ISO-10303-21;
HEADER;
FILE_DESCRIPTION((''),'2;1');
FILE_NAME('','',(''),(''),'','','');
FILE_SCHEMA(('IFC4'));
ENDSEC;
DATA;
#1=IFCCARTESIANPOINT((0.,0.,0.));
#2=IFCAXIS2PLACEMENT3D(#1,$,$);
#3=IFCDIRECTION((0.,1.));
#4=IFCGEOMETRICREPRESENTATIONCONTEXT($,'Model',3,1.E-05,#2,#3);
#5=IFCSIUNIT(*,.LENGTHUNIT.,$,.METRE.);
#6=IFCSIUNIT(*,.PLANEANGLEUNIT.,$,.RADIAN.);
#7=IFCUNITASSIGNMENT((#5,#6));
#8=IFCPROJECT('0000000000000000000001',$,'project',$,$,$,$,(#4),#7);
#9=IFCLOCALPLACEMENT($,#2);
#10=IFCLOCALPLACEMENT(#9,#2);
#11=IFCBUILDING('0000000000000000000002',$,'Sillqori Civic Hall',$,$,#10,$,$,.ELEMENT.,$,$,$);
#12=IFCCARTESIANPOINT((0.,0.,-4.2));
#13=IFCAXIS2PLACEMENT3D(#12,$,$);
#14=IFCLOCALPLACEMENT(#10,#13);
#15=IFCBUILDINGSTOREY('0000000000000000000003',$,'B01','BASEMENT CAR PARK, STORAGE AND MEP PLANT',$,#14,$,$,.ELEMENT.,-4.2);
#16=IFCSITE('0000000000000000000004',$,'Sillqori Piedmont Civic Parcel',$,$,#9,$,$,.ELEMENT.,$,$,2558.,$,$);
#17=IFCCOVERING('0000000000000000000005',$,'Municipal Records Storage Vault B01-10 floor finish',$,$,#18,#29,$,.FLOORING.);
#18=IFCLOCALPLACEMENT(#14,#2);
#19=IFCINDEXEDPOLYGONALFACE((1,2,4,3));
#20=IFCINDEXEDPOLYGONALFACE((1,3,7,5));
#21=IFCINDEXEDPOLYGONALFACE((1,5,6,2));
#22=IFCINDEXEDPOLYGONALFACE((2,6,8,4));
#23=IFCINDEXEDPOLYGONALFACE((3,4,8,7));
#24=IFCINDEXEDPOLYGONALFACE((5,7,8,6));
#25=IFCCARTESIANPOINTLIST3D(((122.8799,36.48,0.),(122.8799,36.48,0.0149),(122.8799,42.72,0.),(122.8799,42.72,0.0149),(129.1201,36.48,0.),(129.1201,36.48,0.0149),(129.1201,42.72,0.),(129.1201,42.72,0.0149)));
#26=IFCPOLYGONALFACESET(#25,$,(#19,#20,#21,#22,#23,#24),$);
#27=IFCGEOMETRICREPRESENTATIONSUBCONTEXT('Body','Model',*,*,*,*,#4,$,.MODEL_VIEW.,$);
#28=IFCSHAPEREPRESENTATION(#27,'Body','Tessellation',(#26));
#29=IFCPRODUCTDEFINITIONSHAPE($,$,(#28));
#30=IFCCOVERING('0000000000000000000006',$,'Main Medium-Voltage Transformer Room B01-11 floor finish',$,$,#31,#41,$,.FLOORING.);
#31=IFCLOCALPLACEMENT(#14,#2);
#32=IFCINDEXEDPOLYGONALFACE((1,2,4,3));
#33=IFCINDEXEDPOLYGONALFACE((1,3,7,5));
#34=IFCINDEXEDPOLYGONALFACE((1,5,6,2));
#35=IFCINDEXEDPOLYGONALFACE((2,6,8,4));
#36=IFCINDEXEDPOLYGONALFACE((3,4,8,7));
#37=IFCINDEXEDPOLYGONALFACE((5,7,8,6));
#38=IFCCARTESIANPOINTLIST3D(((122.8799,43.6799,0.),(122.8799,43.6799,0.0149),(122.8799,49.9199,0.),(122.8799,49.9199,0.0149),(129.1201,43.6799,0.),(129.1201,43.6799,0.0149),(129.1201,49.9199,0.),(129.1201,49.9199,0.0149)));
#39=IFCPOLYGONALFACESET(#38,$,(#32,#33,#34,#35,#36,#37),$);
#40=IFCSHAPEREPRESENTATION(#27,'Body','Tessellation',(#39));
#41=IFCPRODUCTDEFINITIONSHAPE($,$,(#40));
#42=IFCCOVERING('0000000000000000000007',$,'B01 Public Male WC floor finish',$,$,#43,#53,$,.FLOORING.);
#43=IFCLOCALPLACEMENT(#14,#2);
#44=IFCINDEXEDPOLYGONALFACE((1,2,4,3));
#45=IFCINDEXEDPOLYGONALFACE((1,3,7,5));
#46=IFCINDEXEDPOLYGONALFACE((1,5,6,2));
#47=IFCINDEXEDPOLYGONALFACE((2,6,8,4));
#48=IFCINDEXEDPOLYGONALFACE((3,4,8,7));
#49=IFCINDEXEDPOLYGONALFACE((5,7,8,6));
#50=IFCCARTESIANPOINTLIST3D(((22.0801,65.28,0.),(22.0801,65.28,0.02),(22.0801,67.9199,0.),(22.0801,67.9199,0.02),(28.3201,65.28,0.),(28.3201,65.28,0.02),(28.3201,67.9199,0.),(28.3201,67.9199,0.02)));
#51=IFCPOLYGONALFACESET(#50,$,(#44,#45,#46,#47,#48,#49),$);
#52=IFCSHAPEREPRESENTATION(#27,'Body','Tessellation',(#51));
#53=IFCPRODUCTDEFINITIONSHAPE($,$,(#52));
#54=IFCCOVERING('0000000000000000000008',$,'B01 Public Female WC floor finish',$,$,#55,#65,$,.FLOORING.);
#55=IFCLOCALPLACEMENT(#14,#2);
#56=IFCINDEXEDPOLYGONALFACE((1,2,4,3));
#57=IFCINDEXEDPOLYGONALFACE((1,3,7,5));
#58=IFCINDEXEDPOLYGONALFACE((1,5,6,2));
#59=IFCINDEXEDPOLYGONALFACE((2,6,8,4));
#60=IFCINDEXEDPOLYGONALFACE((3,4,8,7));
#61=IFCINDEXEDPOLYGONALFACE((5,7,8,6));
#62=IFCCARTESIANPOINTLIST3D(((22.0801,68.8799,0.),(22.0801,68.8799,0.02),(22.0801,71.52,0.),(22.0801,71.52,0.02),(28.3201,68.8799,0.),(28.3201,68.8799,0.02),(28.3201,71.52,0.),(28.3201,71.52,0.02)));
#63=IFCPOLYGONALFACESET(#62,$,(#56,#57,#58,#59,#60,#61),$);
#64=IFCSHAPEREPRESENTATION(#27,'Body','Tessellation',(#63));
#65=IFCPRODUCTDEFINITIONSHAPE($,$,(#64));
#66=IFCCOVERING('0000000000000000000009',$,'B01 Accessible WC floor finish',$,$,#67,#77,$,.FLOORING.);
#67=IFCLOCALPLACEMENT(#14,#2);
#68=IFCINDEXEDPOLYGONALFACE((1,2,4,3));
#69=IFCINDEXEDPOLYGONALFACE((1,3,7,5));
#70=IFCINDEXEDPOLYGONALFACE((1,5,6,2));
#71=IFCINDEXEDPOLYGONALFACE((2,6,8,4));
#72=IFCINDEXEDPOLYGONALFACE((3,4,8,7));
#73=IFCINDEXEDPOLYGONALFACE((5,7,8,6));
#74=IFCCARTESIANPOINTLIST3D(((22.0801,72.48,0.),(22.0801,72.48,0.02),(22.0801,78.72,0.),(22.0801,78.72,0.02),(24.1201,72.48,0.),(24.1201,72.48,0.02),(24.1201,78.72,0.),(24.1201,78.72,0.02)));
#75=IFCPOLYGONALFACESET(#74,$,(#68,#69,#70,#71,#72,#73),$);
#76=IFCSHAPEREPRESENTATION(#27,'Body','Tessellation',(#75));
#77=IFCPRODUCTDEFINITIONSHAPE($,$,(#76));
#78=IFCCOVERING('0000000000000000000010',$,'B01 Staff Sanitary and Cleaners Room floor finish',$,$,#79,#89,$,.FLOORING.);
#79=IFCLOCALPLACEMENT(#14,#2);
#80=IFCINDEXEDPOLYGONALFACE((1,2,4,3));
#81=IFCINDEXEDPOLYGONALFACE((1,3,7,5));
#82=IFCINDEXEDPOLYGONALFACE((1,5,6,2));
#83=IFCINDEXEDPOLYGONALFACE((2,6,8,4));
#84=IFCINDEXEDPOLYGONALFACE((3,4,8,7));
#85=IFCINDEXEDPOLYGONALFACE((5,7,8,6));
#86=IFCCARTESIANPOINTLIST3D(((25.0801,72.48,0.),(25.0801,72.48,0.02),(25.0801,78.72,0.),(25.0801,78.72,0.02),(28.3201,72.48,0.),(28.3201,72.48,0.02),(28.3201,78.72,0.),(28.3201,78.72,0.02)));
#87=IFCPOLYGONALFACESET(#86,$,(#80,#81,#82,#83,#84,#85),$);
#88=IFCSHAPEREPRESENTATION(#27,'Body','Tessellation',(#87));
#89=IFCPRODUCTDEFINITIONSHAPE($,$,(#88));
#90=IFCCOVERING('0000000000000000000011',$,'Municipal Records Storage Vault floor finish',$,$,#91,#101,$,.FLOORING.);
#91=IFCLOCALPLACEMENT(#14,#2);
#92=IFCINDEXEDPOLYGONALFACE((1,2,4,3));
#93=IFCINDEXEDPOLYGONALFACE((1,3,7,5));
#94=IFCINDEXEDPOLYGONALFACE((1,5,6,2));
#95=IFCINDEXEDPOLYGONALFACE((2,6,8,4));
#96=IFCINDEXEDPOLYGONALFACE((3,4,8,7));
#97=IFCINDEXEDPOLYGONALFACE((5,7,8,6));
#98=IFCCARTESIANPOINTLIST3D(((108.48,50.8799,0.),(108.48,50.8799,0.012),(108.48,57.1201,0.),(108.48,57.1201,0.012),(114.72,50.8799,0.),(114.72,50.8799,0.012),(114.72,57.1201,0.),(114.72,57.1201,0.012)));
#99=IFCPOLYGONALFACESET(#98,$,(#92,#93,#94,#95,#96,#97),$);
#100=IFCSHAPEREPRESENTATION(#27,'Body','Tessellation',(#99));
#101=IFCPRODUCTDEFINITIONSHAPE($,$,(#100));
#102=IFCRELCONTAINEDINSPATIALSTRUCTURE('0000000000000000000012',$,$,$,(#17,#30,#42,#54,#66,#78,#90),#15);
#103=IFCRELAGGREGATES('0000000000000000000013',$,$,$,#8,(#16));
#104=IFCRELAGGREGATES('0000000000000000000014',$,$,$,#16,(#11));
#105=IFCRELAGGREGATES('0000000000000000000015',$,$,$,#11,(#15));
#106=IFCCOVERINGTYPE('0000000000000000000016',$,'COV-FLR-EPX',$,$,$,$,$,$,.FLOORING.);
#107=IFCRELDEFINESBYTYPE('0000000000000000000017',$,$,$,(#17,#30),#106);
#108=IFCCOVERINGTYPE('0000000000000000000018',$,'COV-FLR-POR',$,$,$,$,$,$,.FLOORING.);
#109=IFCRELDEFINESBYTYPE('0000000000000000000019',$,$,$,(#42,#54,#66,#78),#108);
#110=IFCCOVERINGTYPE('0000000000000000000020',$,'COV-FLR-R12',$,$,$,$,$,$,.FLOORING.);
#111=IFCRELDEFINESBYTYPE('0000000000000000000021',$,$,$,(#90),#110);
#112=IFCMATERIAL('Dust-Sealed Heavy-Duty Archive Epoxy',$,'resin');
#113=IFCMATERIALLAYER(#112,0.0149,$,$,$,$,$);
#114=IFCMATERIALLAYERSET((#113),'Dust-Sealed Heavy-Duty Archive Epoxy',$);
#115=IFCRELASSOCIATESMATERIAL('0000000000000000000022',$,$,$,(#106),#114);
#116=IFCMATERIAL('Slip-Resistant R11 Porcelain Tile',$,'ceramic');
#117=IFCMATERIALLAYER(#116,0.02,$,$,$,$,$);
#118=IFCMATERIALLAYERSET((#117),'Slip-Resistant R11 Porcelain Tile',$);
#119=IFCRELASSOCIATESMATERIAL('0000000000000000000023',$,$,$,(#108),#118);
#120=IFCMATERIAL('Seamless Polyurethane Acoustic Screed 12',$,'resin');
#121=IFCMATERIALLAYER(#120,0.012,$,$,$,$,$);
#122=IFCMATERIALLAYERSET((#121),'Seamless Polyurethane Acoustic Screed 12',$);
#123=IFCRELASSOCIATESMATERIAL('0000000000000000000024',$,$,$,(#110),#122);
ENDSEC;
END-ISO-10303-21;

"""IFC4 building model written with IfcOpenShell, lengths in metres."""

from ifc_helpers import new_model, si_unit, direction, frame, origin, place, context, subcontext, project, spatial, polyline, outline, extrude, material, layer, layer_set, type_object, element, save


model = new_model("IFC4")

# Units and contexts
model_context = context("Model", 3, precision=1e-05, world=origin(), true_north=direction((0.0, 1.0)))
body_context = subcontext(model_context, "Body", "Model", "MODEL_VIEW")
ifc_project = project(units=[si_unit("LENGTHUNIT", "METRE"), si_unit("PLANEANGLEUNIT", "RADIAN")], contexts=[model_context])

# Site, building, storey
site_placement = place(None, origin())
site = spatial("IfcSite", under=ifc_project, at=site_placement, Name="Sillqori Piedmont Civic Parcel", CompositionType="ELEMENT", RefElevation=2558.0)
building_placement = place(site_placement, origin())
building = spatial("IfcBuilding", under=site, at=building_placement, Name="Sillqori Civic Hall", CompositionType="ELEMENT")
storey_placement = place(building_placement, frame((0.0, 0.0, -4.2)))
storey = spatial("IfcBuildingStorey", under=building, at=storey_placement, Name="B01", Description="BASEMENT CAR PARK, STORAGE AND MEP PLANT", CompositionType="ELEMENT", Elevation=-4.2)

# Coverings
ifc_material_1 = material(Name="Dust-Sealed Heavy-Duty Archive Epoxy", Category="resin")
ifc_layer_1 = layer(ifc_material_1, 0.0149)
ifc_layer_set_1 = layer_set([ifc_layer_1], Name="Dust-Sealed Heavy-Duty Archive Epoxy")
covering_type_1 = type_object("IfcCoveringType", Name="COV-FLR-EPX", PredefinedType="FLOORING", material=ifc_layer_set_1)
covering_1_placement = place(storey_placement, origin())
element("IfcCovering", 1, at=covering_1_placement, inside=storey, type_object=covering_type_1, Name="Municipal Records Storage Vault B01-10 floor finish", PredefinedType="FLOORING", context=body_context, shape_type="SweptSolid", body=[
    extrude(outline(polyline([(122.8799, 36.48), (129.1201, 36.48), (129.1201, 42.72), (122.8799, 42.72), (122.8799, 36.48)])), origin(), (0.0, 0.0, 1.0), 0.0149),
])
covering_2_placement = place(storey_placement, origin())
element("IfcCovering", 2, at=covering_2_placement, inside=storey, type_object=covering_type_1, Name="Main Medium-Voltage Transformer Room B01-11 floor finish", PredefinedType="FLOORING", context=body_context, shape_type="SweptSolid", body=[
    extrude(outline(polyline([(122.8799, 43.6799), (129.1201, 43.6799), (129.1201, 49.9199), (122.8799, 49.9199), (122.8799, 43.6799)])), origin(), (0.0, 0.0, 1.0), 0.0149),
])
ifc_material_2 = material(Name="Slip-Resistant R11 Porcelain Tile", Category="ceramic")
ifc_layer_2 = layer(ifc_material_2, 0.02)
ifc_layer_set_2 = layer_set([ifc_layer_2], Name="Slip-Resistant R11 Porcelain Tile")
covering_type_2 = type_object("IfcCoveringType", Name="COV-FLR-POR", PredefinedType="FLOORING", material=ifc_layer_set_2)
covering_3_placement = place(storey_placement, origin())
element("IfcCovering", 3, at=covering_3_placement, inside=storey, type_object=covering_type_2, Name="B01 Public Male WC floor finish", PredefinedType="FLOORING", context=body_context, shape_type="SweptSolid", body=[
    extrude(outline(polyline([(22.0801, 65.28), (28.3201, 65.28), (28.3201, 67.9199), (22.0801, 67.9199), (22.0801, 65.28)])), origin(), (0.0, 0.0, 1.0), 0.02),
])
covering_4_placement = place(storey_placement, origin())
element("IfcCovering", 4, at=covering_4_placement, inside=storey, type_object=covering_type_2, Name="B01 Public Female WC floor finish", PredefinedType="FLOORING", context=body_context, shape_type="SweptSolid", body=[
    extrude(outline(polyline([(22.0801, 68.8799), (28.3201, 68.8799), (28.3201, 71.52), (22.0801, 71.52), (22.0801, 68.8799)])), origin(), (0.0, 0.0, 1.0), 0.02),
])
covering_5_placement = place(storey_placement, origin())
element("IfcCovering", 5, at=covering_5_placement, inside=storey, type_object=covering_type_2, Name="B01 Accessible WC floor finish", PredefinedType="FLOORING", context=body_context, shape_type="SweptSolid", body=[
    extrude(outline(polyline([(22.0801, 72.48), (24.1201, 72.48), (24.1201, 78.72), (22.0801, 78.72), (22.0801, 72.48)])), origin(), (0.0, 0.0, 1.0), 0.02),
])
covering_6_placement = place(storey_placement, origin())
element("IfcCovering", 6, at=covering_6_placement, inside=storey, type_object=covering_type_2, Name="B01 Staff Sanitary and Cleaners Room floor finish", PredefinedType="FLOORING", context=body_context, shape_type="SweptSolid", body=[
    extrude(outline(polyline([(25.0801, 72.48), (28.3201, 72.48), (28.3201, 78.72), (25.0801, 78.72), (25.0801, 72.48)])), origin(), (0.0, 0.0, 1.0), 0.02),
])
ifc_material_3 = material(Name="Seamless Polyurethane Acoustic Screed 12", Category="resin")
ifc_layer_3 = layer(ifc_material_3, 0.012)
ifc_layer_set_3 = layer_set([ifc_layer_3], Name="Seamless Polyurethane Acoustic Screed 12")
covering_type_3 = type_object("IfcCoveringType", Name="COV-FLR-R12", PredefinedType="FLOORING", material=ifc_layer_set_3)
covering_7_placement = place(storey_placement, origin())
element("IfcCovering", 7, at=covering_7_placement, inside=storey, type_object=covering_type_3, Name="Municipal Records Storage Vault floor finish", PredefinedType="FLOORING", context=body_context, shape_type="SweptSolid", body=[
    extrude(outline(polyline([(108.48, 50.8799), (114.72, 50.8799), (114.72, 57.1201), (108.48, 57.1201), (108.48, 50.8799)])), origin(), (0.0, 0.0, 1.0), 0.012),
])

save(model, "model.ifc")
